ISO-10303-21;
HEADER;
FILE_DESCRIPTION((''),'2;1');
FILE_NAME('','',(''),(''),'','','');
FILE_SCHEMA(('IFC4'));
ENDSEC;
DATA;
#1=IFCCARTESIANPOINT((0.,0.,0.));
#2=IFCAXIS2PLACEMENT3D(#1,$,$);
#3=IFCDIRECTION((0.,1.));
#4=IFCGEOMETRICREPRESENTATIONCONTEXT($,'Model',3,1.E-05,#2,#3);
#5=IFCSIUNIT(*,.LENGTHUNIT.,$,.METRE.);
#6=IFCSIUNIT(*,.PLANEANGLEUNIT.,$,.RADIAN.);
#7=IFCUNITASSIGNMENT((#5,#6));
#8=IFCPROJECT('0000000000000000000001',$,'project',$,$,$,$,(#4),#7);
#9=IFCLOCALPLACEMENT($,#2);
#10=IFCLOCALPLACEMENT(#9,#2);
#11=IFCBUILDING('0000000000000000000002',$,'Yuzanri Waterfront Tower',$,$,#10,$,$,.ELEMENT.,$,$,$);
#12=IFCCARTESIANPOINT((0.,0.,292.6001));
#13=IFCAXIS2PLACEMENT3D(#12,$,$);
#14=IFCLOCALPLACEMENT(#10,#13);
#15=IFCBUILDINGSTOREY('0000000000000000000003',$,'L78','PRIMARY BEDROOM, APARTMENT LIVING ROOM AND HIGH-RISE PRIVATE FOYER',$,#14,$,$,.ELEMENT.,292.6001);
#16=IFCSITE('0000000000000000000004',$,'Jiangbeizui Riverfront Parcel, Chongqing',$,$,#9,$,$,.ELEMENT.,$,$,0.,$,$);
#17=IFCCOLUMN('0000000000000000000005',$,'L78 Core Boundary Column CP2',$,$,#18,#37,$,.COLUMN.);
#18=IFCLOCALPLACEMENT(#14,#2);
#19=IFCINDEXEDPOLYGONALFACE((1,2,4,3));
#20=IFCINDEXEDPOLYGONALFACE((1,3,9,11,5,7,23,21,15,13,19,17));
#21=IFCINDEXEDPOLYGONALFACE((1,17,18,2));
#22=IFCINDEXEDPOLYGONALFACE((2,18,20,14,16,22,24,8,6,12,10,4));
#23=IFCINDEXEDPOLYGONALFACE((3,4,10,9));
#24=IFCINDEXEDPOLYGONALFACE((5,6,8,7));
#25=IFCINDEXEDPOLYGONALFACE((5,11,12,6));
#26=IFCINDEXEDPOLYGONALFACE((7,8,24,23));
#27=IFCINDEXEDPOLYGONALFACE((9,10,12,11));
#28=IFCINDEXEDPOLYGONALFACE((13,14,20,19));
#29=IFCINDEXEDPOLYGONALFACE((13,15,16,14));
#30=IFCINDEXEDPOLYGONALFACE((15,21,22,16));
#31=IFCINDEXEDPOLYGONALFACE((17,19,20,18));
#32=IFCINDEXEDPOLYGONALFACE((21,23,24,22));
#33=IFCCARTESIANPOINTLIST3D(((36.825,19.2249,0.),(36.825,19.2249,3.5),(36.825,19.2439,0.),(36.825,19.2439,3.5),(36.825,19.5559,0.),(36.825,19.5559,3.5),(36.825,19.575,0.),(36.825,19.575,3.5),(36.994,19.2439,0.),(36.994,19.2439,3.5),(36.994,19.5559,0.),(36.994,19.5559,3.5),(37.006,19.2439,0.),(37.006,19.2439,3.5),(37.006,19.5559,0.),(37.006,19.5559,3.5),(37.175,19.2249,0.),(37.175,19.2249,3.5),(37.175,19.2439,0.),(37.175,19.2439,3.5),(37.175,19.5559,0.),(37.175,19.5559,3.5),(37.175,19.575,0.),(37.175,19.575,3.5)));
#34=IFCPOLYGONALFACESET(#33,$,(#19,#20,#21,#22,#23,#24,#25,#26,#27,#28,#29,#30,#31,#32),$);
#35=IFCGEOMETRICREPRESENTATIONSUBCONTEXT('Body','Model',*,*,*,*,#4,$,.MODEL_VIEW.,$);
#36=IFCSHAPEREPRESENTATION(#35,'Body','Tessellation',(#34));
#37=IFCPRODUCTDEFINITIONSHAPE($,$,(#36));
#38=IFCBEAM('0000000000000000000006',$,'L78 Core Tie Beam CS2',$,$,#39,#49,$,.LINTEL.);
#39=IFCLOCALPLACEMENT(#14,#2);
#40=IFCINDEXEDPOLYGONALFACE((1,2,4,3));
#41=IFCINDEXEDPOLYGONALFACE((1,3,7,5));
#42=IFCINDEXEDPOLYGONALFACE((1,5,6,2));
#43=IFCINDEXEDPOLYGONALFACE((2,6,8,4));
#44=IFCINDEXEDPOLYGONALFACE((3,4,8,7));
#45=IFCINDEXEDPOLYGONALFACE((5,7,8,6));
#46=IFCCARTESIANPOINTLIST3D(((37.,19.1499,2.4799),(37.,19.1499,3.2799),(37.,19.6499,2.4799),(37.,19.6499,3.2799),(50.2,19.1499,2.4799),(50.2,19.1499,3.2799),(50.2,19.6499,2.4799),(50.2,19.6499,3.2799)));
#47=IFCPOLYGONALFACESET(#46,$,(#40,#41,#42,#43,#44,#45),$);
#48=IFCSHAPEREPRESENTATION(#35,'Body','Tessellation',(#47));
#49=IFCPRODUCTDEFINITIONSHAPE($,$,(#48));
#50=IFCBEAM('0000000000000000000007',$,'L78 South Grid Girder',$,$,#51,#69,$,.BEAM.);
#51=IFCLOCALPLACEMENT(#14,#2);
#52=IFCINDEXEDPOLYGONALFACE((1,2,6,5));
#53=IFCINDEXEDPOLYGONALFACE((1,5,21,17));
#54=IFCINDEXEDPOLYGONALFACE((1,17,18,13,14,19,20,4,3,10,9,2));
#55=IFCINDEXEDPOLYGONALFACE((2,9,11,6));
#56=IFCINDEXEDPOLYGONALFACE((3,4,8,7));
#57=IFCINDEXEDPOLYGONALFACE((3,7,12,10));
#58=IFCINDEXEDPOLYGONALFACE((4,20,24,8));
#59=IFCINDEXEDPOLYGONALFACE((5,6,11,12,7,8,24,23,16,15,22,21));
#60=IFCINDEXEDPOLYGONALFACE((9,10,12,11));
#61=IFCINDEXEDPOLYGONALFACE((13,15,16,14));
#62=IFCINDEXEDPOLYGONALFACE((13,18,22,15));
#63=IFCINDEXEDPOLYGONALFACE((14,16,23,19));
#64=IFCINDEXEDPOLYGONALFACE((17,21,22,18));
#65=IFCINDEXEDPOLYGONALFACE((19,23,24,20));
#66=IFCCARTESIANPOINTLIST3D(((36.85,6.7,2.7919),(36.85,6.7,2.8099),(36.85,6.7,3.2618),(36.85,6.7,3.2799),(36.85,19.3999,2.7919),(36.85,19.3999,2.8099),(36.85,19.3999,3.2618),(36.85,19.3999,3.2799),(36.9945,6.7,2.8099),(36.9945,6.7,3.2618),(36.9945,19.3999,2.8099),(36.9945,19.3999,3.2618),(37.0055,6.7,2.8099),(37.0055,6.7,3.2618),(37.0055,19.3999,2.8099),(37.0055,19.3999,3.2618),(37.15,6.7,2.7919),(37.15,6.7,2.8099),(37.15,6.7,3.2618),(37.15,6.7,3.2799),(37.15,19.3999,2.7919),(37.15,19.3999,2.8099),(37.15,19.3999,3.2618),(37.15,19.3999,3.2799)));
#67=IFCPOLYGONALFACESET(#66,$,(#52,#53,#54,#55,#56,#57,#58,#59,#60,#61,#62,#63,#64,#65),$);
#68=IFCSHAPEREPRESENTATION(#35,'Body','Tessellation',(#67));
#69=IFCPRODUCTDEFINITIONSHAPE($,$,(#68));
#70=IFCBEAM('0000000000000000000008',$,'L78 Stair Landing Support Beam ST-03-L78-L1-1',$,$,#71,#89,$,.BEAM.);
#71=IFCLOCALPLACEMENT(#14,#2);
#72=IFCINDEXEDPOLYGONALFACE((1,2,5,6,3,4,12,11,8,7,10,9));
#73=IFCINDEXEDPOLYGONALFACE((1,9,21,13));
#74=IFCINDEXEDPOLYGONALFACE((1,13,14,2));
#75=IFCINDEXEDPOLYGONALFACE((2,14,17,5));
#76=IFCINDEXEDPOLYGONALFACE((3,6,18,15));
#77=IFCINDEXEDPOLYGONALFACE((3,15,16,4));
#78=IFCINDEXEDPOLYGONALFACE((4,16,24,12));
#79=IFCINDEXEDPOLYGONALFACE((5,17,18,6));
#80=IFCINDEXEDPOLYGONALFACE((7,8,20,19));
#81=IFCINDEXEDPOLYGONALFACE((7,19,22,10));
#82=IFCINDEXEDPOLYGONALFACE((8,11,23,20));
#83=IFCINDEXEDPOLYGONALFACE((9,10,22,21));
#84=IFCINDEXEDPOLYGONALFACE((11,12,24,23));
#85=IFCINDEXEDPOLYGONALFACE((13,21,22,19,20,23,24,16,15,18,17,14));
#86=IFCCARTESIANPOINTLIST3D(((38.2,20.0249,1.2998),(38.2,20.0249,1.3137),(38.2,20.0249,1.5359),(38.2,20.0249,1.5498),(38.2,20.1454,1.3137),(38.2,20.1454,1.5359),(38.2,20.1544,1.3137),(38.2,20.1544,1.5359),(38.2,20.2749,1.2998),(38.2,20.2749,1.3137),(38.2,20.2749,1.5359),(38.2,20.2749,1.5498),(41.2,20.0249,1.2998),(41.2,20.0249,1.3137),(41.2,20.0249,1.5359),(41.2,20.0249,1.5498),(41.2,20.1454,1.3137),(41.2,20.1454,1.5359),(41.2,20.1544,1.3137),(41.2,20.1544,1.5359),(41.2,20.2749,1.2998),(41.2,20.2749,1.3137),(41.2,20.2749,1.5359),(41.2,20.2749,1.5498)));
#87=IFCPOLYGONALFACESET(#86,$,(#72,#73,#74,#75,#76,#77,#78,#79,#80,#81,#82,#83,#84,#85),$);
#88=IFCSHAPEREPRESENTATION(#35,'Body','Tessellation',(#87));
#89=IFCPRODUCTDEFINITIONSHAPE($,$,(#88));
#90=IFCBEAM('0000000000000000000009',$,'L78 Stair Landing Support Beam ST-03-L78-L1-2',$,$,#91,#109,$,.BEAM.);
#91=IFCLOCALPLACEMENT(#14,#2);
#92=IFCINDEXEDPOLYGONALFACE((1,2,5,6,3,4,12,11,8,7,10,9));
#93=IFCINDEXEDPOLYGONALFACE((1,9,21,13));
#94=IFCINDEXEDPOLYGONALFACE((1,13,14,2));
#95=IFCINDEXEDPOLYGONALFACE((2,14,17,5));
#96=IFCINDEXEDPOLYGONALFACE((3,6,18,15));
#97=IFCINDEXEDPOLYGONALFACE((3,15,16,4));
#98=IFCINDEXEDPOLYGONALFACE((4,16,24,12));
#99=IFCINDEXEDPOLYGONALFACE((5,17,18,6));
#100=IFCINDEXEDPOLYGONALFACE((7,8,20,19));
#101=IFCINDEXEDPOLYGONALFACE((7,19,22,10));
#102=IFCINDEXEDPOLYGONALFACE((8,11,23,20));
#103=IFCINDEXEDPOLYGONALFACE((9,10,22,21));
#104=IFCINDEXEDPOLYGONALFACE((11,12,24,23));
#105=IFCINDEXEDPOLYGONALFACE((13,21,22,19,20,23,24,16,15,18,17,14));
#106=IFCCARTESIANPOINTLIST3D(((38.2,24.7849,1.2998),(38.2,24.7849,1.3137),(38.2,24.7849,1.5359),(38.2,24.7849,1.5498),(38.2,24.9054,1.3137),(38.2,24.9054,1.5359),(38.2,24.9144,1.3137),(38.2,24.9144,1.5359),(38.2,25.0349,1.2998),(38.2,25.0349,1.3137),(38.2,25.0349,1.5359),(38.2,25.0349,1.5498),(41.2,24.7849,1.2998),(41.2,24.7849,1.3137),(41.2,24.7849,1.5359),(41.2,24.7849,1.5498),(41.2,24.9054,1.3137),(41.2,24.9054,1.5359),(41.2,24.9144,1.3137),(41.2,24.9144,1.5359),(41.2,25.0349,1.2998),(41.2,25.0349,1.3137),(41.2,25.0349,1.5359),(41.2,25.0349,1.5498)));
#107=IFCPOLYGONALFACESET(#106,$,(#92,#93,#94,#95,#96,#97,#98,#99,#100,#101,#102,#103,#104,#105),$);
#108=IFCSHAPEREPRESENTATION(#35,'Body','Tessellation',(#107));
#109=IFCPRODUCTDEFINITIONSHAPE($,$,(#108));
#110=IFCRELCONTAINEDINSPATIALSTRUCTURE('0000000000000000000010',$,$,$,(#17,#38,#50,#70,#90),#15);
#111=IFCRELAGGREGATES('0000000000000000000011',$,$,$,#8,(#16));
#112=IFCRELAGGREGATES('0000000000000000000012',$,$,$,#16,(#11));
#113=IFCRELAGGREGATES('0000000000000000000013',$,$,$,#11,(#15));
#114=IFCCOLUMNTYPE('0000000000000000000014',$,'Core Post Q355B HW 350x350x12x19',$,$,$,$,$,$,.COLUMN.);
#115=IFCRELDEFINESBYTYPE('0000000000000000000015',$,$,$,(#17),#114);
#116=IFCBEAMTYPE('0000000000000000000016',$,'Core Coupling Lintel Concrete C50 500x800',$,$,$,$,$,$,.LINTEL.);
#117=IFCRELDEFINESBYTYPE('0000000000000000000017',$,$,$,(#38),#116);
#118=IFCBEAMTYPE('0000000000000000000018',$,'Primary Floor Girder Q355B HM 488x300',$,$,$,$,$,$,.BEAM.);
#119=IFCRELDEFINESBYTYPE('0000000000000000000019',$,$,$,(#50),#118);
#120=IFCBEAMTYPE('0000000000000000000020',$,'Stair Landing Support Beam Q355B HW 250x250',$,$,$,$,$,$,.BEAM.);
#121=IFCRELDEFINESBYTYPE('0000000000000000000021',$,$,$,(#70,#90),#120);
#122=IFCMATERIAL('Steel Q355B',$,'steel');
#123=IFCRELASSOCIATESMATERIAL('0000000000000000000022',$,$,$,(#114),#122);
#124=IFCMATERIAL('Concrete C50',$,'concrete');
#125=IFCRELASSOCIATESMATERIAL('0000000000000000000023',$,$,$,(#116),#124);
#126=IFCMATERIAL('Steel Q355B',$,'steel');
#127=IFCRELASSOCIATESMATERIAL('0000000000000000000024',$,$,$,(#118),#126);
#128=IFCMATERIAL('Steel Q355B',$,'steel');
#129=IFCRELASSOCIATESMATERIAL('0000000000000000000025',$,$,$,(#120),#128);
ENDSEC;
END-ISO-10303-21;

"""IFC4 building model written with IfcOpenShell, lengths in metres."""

from ifc_helpers import new_model, si_unit, direction, frame, origin, origin_2d, place, context, subcontext, project, spatial, rectangle, i_section, extrude, source, transform, mapped, material, material_profile, profile_set, type_object, element, save


model = new_model("IFC4")

# Units and contexts
model_context = context("Model", 3, precision=1e-05, world=origin(), true_north=direction((0.0, 1.0)))
body_context = subcontext(model_context, "Body", "Model", "MODEL_VIEW")
ifc_project = project(units=[si_unit("LENGTHUNIT", "METRE"), si_unit("PLANEANGLEUNIT", "RADIAN")], contexts=[model_context])

# Site, building, storey
site_placement = place(None, origin())
site = spatial("IfcSite", under=ifc_project, at=site_placement, Name="Jiangbeizui Riverfront Parcel, Chongqing", CompositionType="ELEMENT", RefElevation=0.0)
building_placement = place(site_placement, origin())
building = spatial("IfcBuilding", under=site, at=building_placement, Name="Yuzanri Waterfront Tower", CompositionType="ELEMENT")
storey_placement = place(building_placement, frame((0.0, 0.0, 292.6001)))
storey = spatial("IfcBuildingStorey", under=building, at=storey_placement, Name="L78", Description="PRIMARY BEDROOM, APARTMENT LIVING ROOM AND HIGH-RISE PRIVATE FOYER", CompositionType="ELEMENT", Elevation=292.6001)

# Column
ifc_material_1 = material(Name="Steel Q355B", Category="steel")
ifc_material_profile_1 = material_profile(ifc_material_1, i_section(OverallWidth=0.3501, OverallDepth=0.3501, WebThickness=0.012, FlangeThickness=0.019, at=origin_2d()), Name="HW 350x350x12x19")
ifc_profile_set_1 = profile_set([ifc_material_profile_1], Name="Steel Q355B")
column_type = type_object("IfcColumnType", Name="Core Post Q355B HW 350x350x12x19", PredefinedType="COLUMN", material=ifc_profile_set_1)
shared_shape_1 = source(origin(), body_context, "Body", "SweptSolid", [
    extrude(i_section(OverallWidth=0.3501, OverallDepth=0.3501, WebThickness=0.012, FlangeThickness=0.019, at=origin_2d()), origin(), (0.0, 0.0, 1.0), 3.5),
])
column_placement = place(storey_placement, frame((37.0, 19.3999, 0.0), z_axis=(0.0, 0.0, 1.0), x_axis=(1.0, 0.0, 0.0)))
element("IfcColumn", 1, at=column_placement, inside=storey, type_object=column_type, Name="L78 Core Boundary Column CP2", PredefinedType="COLUMN", context=body_context, shape_type="MappedRepresentation", body=[
    mapped(shared_shape_1, transform((0.0, 0.0, 0.0), scale=1.0)),
])

# Beams
ifc_material_2 = material(Name="Concrete C50", Category="concrete")
ifc_material_profile_2 = material_profile(ifc_material_2, rectangle(XDim=0.5, YDim=0.8, at=origin_2d()), Name="RC 500x800")
ifc_profile_set_2 = profile_set([ifc_material_profile_2], Name="Concrete C50")
beam_type_1 = type_object("IfcBeamType", Name="Core Coupling Lintel Concrete C50 500x800", PredefinedType="LINTEL", material=ifc_profile_set_2)
shared_shape_2 = source(origin(), body_context, "Body", "SweptSolid", [
    extrude(rectangle(XDim=0.5, YDim=0.8, at=origin_2d()), origin(), (0.0, 0.0, 1.0), 13.2),
])
beam_1_placement = place(storey_placement, frame((37.0, 19.3999, 2.8799), z_axis=(1.0, 0.0, 0.0), x_axis=(0.0, 1.0, 0.0)))
element("IfcBeam", 2, at=beam_1_placement, inside=storey, type_object=beam_type_1, Name="L78 Core Tie Beam CS2", PredefinedType="LINTEL", context=body_context, shape_type="MappedRepresentation", body=[
    mapped(shared_shape_2, transform((0.0, 0.0, 0.0), scale=1.0)),
])
ifc_material_3 = material(Name="Steel Q355B", Category="steel")
ifc_material_profile_3 = material_profile(ifc_material_3, i_section(OverallWidth=0.3, OverallDepth=0.488, WebThickness=0.011, FlangeThickness=0.0181, at=origin_2d()), Name="HM 488x300x11x18")
ifc_profile_set_3 = profile_set([ifc_material_profile_3], Name="Steel Q355B")
beam_type_2 = type_object("IfcBeamType", Name="Primary Floor Girder Q355B HM 488x300", PredefinedType="BEAM", material=ifc_profile_set_3)
shared_shape_3 = source(origin(), body_context, "Body", "SweptSolid", [
    extrude(i_section(OverallWidth=0.3, OverallDepth=0.488, WebThickness=0.011, FlangeThickness=0.0181, at=origin_2d()), origin(), (0.0, 0.0, 1.0), 12.7),
])
beam_2_placement = place(storey_placement, frame((37.0, 19.3999, 3.0359), z_axis=(0.0, -1.0, 0.0), x_axis=(1.0, 0.0, 0.0)))
element("IfcBeam", 3, at=beam_2_placement, inside=storey, type_object=beam_type_2, Name="L78 South Grid Girder", PredefinedType="BEAM", context=body_context, shape_type="MappedRepresentation", body=[
    mapped(shared_shape_3, transform((0.0, 0.0, 0.0), scale=1.0)),
])
ifc_material_4 = material(Name="Steel Q355B", Category="steel")
ifc_material_profile_4 = material_profile(ifc_material_4, i_section(OverallWidth=0.25, OverallDepth=0.25, WebThickness=0.009, FlangeThickness=0.0139, at=origin_2d()), Name="HW 250x250x9x14")
ifc_profile_set_4 = profile_set([ifc_material_profile_4], Name="Steel Q355B")
beam_type_3 = type_object("IfcBeamType", Name="Stair Landing Support Beam Q355B HW 250x250", PredefinedType="BEAM", material=ifc_profile_set_4)
shared_shape_4 = source(origin(), body_context, "Body", "SweptSolid", [
    extrude(i_section(OverallWidth=0.25, OverallDepth=0.25, WebThickness=0.009, FlangeThickness=0.0139, at=origin_2d()), origin(), (0.0, 0.0, 1.0), 3.0),
])
for number, where, z_axis, x_axis, name in (
    (4, (38.2, 20.1499, 1.4248), (1.0, 0.0, 0.0), (0.0, 1.0, 0.0), "L78 Stair Landing Support Beam ST-03-L78-L1-1"),
    (5, (38.2, 24.9099, 1.4248), (1.0, 0.0, 0.0), (0.0, 1.0, 0.0), "L78 Stair Landing Support Beam ST-03-L78-L1-2"),
):
    element("IfcBeam", number, at=place(storey_placement, frame(where, z_axis=z_axis, x_axis=x_axis)), inside=storey, type_object=beam_type_3, Name=name, PredefinedType="BEAM", context=body_context, shape_type="MappedRepresentation", body=[
        mapped(shared_shape_4, transform((0.0, 0.0, 0.0), scale=1.0)),
    ])

save(model, "model.ifc")
